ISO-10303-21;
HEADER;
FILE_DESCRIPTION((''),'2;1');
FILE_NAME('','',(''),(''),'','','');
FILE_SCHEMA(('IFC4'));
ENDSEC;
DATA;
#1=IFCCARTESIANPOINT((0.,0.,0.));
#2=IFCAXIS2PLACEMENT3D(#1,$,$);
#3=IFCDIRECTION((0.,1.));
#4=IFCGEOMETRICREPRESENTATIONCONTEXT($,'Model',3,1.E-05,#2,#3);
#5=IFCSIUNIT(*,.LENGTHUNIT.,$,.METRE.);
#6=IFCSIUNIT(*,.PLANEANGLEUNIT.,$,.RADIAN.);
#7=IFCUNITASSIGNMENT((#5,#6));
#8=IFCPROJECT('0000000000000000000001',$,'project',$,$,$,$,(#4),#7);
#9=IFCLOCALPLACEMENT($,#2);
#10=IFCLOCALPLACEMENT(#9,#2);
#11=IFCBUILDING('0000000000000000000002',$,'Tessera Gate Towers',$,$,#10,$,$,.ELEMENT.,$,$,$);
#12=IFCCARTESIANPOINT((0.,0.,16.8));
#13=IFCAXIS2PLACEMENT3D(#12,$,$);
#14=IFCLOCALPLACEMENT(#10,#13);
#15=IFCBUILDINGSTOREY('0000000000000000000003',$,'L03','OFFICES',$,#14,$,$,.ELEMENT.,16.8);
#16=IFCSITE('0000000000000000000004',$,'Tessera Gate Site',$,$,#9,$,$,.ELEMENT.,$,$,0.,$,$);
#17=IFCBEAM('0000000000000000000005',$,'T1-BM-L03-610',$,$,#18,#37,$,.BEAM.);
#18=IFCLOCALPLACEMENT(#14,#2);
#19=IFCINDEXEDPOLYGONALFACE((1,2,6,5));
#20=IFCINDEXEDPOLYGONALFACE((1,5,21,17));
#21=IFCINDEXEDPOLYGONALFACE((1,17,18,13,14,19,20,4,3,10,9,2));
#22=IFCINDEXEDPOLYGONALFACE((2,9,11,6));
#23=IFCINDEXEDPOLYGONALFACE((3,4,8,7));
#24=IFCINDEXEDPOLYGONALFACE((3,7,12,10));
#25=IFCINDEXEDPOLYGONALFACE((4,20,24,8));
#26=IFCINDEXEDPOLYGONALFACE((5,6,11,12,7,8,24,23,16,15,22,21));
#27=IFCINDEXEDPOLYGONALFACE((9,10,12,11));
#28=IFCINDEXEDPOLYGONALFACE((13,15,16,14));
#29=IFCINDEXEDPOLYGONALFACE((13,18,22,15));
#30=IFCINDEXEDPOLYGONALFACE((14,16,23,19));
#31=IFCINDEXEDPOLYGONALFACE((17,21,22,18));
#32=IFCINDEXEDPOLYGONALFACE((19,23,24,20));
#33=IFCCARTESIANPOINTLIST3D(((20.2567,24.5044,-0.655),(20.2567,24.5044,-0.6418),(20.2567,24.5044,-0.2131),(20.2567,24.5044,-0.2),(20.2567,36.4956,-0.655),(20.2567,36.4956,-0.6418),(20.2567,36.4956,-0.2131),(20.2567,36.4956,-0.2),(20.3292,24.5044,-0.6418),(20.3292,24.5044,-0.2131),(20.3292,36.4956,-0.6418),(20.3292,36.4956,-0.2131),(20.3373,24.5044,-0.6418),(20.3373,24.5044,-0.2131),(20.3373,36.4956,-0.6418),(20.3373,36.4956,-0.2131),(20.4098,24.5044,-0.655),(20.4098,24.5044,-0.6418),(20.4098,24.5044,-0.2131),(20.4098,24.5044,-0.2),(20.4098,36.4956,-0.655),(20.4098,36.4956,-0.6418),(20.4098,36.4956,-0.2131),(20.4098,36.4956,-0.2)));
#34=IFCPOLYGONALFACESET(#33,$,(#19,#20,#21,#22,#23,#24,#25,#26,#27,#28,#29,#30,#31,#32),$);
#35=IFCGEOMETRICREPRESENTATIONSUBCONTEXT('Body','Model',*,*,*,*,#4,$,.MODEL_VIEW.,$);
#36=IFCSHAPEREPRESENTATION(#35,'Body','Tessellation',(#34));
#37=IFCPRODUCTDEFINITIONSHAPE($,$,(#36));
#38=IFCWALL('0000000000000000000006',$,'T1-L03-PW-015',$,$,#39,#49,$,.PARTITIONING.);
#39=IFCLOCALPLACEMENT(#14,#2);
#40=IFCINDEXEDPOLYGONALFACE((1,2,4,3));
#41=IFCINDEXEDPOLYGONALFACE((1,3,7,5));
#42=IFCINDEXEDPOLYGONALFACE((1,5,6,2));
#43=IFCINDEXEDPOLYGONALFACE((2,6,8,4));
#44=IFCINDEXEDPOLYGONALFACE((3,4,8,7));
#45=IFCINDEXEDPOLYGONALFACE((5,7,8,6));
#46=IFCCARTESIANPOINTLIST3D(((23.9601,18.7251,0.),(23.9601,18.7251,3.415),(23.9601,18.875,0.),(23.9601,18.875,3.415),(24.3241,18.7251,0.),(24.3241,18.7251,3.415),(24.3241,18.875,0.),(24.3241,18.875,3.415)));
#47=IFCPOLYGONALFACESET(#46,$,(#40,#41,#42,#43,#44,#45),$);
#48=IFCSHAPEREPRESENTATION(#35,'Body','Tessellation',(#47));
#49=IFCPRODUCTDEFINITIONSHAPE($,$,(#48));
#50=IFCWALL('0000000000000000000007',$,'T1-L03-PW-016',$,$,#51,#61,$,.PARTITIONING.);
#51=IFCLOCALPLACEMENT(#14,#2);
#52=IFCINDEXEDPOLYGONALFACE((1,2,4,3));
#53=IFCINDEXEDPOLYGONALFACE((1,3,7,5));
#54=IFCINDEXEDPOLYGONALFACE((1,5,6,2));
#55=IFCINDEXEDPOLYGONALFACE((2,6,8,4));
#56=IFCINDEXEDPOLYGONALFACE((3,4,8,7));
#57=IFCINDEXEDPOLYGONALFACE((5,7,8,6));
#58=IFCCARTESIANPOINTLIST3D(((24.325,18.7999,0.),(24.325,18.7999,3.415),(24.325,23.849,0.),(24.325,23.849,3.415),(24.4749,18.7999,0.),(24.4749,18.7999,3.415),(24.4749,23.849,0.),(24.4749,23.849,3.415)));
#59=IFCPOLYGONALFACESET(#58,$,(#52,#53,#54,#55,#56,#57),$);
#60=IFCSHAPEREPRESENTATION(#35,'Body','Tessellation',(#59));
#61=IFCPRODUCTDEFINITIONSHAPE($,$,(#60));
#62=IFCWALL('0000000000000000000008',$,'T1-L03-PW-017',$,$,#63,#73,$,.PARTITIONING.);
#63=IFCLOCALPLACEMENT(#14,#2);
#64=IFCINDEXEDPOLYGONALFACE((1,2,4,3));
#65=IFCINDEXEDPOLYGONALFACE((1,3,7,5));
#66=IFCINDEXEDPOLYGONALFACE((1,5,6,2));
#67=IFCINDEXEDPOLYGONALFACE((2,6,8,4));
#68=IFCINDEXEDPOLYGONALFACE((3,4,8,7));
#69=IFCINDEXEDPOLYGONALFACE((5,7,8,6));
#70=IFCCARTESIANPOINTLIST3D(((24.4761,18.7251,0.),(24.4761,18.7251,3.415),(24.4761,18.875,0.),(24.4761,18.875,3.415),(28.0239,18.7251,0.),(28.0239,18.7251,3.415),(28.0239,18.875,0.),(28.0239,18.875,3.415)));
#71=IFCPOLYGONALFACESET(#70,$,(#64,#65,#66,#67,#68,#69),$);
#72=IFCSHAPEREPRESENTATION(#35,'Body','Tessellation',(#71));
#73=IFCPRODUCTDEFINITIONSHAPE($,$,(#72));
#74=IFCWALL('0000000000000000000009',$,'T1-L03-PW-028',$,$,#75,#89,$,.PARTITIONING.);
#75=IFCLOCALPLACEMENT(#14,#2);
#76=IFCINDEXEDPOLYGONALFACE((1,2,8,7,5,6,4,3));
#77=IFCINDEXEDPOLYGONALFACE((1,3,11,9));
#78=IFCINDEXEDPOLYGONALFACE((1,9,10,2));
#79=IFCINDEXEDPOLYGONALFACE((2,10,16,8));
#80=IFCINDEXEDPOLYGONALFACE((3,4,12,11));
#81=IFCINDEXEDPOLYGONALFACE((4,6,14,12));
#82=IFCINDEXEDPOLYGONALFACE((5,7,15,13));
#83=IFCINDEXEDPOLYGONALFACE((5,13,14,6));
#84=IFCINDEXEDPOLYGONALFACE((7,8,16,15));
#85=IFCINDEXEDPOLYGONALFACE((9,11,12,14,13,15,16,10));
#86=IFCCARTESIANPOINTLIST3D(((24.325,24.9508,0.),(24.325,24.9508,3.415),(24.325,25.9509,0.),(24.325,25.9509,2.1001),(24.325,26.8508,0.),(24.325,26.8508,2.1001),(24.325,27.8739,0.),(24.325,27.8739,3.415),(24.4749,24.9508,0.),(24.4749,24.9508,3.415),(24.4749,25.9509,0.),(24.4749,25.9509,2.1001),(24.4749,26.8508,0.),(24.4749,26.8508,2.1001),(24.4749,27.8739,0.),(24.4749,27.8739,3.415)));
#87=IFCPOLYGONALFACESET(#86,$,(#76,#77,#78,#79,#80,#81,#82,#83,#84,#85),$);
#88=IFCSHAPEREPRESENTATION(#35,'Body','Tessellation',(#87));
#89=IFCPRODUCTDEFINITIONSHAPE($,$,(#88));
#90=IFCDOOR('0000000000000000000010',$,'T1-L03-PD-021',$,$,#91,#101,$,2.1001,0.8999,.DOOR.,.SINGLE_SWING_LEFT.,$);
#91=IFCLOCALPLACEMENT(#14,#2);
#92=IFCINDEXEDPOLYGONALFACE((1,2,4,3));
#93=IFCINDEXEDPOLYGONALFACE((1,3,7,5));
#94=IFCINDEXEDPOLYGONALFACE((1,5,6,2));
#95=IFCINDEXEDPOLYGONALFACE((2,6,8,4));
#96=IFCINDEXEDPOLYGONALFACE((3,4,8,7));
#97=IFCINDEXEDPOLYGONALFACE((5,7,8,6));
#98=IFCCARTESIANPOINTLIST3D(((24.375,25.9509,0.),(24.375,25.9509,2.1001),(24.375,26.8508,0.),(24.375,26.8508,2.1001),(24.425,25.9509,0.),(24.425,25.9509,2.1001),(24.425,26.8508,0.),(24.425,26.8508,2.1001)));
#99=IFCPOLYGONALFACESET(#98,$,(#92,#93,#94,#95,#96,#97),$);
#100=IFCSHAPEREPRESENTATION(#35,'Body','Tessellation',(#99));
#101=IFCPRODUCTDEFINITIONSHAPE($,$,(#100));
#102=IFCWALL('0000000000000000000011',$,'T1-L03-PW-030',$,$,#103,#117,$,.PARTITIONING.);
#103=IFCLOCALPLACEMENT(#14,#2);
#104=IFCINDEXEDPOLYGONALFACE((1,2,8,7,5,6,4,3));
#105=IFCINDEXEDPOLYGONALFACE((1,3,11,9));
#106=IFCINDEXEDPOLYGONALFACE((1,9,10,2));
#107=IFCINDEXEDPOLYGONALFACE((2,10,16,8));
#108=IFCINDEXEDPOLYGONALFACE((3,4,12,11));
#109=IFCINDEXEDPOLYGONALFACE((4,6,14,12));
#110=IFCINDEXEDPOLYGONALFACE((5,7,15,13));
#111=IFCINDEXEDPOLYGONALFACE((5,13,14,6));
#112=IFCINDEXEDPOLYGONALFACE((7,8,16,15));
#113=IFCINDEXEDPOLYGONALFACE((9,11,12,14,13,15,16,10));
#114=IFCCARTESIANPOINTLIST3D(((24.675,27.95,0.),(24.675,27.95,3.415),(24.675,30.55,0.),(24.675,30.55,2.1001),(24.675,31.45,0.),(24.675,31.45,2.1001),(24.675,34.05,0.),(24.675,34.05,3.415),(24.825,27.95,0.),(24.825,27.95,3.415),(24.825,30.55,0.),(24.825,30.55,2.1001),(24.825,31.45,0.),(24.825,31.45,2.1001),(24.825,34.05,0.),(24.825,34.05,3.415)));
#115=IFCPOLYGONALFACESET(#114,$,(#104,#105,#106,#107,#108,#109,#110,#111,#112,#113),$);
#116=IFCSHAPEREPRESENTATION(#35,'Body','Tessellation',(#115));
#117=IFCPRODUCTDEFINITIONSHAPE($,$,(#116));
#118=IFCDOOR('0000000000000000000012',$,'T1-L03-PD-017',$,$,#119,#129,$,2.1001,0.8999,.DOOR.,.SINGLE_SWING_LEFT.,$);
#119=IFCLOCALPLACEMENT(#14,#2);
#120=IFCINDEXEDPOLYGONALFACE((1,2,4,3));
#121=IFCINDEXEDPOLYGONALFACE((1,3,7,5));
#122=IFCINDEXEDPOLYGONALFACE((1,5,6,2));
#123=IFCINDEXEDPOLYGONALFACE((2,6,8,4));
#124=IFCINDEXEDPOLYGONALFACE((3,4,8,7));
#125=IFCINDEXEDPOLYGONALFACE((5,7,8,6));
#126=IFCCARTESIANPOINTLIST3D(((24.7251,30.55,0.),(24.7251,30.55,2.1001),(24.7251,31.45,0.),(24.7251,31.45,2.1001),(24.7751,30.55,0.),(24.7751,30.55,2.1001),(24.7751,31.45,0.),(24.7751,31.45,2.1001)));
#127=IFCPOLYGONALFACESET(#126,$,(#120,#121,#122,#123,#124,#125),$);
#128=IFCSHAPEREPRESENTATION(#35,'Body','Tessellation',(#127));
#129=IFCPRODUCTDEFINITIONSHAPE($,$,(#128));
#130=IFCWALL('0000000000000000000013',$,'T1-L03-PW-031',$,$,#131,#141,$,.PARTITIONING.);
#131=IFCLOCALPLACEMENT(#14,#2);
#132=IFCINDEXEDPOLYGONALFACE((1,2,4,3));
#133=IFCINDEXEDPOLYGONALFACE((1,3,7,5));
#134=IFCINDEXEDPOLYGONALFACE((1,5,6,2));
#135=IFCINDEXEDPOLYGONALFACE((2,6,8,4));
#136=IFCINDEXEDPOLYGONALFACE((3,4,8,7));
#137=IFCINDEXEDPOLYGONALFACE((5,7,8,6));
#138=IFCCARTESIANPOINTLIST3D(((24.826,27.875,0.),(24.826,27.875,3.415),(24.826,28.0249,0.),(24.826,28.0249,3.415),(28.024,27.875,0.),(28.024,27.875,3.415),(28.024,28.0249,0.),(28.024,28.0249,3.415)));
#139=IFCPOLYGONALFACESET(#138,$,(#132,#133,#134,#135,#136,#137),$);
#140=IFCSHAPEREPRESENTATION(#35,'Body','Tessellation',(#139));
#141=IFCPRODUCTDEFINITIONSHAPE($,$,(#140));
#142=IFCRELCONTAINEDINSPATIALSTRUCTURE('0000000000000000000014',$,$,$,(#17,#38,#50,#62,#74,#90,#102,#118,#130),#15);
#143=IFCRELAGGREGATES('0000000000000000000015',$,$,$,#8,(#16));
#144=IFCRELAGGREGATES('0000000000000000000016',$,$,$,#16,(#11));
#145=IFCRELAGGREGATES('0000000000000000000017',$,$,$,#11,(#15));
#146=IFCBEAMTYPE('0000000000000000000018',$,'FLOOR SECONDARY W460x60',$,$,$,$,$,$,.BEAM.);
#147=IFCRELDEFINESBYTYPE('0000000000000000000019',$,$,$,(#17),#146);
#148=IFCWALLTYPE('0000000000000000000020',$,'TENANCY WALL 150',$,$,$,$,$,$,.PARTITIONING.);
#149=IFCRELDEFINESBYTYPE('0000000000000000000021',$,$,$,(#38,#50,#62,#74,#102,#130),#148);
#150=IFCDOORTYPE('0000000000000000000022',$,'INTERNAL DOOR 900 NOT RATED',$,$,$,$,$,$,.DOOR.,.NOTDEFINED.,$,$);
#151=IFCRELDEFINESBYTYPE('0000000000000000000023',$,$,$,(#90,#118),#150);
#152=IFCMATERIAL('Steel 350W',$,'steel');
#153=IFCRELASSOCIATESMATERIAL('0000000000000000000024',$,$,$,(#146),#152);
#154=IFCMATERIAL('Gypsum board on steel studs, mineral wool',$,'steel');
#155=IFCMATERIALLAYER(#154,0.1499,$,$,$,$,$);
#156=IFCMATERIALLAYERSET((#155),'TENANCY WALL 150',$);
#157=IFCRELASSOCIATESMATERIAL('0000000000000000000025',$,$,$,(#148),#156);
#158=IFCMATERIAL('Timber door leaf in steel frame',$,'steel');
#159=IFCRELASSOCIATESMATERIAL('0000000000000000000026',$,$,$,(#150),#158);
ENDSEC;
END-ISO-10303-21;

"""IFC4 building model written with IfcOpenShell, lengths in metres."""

from ifc_helpers import new_model, si_unit, direction, frame, frame_2d, origin, origin_2d, place, context, subcontext, project, spatial, rectangle, i_section, extrude, source, transform, mapped, material, layer, layer_set, material_profile, profile_set, type_object, element, fill, save


model = new_model("IFC4")

# Units and contexts
model_context = context("Model", 3, precision=1e-05, world=origin(), true_north=direction((0.0, 1.0)))
body_context = subcontext(model_context, "Body", "Model", "MODEL_VIEW")
ifc_project = project(units=[si_unit("LENGTHUNIT", "METRE"), si_unit("PLANEANGLEUNIT", "RADIAN")], contexts=[model_context])

# Site, building, storey
site_placement = place(None, origin())
site = spatial("IfcSite", under=ifc_project, at=site_placement, Name="Tessera Gate Site", CompositionType="ELEMENT", RefElevation=0.0)
building_placement = place(site_placement, origin())
building = spatial("IfcBuilding", under=site, at=building_placement, Name="Tessera Gate Towers", CompositionType="ELEMENT")
storey_placement = place(building_placement, frame((0.0, 0.0, 16.8)))
storey = spatial("IfcBuildingStorey", under=building, at=storey_placement, Name="L03", Description="OFFICES", CompositionType="ELEMENT", Elevation=16.8)

# Beam
ifc_material_1 = material(Name="Steel 350W", Category="steel")
ifc_material_profile_1 = material_profile(ifc_material_1, i_section(OverallWidth=0.1531, OverallDepth=0.4551, WebThickness=0.0081, FlangeThickness=0.0132, at=origin_2d()), Name="W460x60")
ifc_profile_set_1 = profile_set([ifc_material_profile_1], Name="Steel 350W")
beam_type_1 = type_object("IfcBeamType", Name="FLOOR SECONDARY W460x60", PredefinedType="BEAM", material=ifc_profile_set_1)
beam_1_placement = place(storey_placement, frame((20.3333, 24.5044, -0.4275), z_axis=(0.0, 1.0, 0.0), x_axis=(-1.0, 0.0, 0.0)))
element("IfcBeam", 1, at=beam_1_placement, inside=storey, type_object=beam_type_1, Name="T1-BM-L03-610", PredefinedType="BEAM", context=body_context, shape_type="SweptSolid", body=[
    extrude(i_section(OverallWidth=0.1531, OverallDepth=0.4551, WebThickness=0.0081, FlangeThickness=0.0132, at=origin_2d()), origin(), (0.0, 0.0, 1.0), 11.9912),
])

# Walls
ifc_material_2 = material(Name="Gypsum board on steel studs, mineral wool", Category="steel")
ifc_layer = layer(ifc_material_2, 0.1499)
ifc_layer_set = layer_set([ifc_layer], Name="TENANCY WALL 150")
wall_type = type_object("IfcWallType", Name="TENANCY WALL 150", PredefinedType="PARTITIONING", material=ifc_layer_set)
wall_1_placement = place(storey_placement, frame((23.96, 18.8, 0.0), z_axis=(0.0, 0.0, 1.0), x_axis=(1.0, 0.0, 0.0)))
element("IfcWall", 2, at=wall_1_placement, inside=storey, type_object=wall_type, Name="T1-L03-PW-015", PredefinedType="PARTITIONING", context=body_context, shape_type="SweptSolid", body=[
    extrude(rectangle(XDim=0.364, YDim=0.1499, at=frame_2d((0.1821, 0.0))), origin(), (0.0, 0.0, 1.0), 3.415),
])
wall_2_placement = place(storey_placement, frame((24.3999, 18.8, 0.0), z_axis=(0.0, 0.0, 1.0), x_axis=(0.0, 1.0, 0.0)))
element("IfcWall", 3, at=wall_2_placement, inside=storey, type_object=wall_type, Name="T1-L03-PW-016", PredefinedType="PARTITIONING", context=body_context, shape_type="SweptSolid", body=[
    extrude(rectangle(XDim=5.0491, YDim=0.1499, at=frame_2d((2.5244, 0.0))), origin(), (0.0, 0.0, 1.0), 3.415),
])
wall_3_placement = place(storey_placement, frame((24.4761, 18.8, 0.0), z_axis=(0.0, 0.0, 1.0), x_axis=(1.0, 0.0, 0.0)))
element("IfcWall", 4, at=wall_3_placement, inside=storey, type_object=wall_type, Name="T1-L03-PW-017", PredefinedType="PARTITIONING", context=body_context, shape_type="SweptSolid", body=[
    extrude(rectangle(XDim=3.5479, YDim=0.1499, at=frame_2d((1.7739, 0.0))), origin(), (0.0, 0.0, 1.0), 3.415),
])

# Walls, openings, doors
wall_4_placement = place(storey_placement, frame((24.3999, 24.9509, 0.0), z_axis=(0.0, 0.0, 1.0), x_axis=(0.0, 1.0, 0.0)))
wall_4 = element("IfcWall", 5, at=wall_4_placement, inside=storey, type_object=wall_type, Name="T1-L03-PW-028", PredefinedType="PARTITIONING", context=body_context, shape_type="SweptSolid", body=[
    extrude(rectangle(XDim=2.9231, YDim=0.1499, at=frame_2d((1.4614, 0.0))), origin(), (0.0, 0.0, 1.0), 3.415),
])
shared_shape_1 = source(origin(), body_context, "Body", "SweptSolid", [
    extrude(rectangle(XDim=0.8999, YDim=2.1001, at=frame_2d((0.45, 1.05))), frame((0.0, 0.085, 0.0), z_axis=(0.0, -1.0, 0.0), x_axis=(1.0, 0.0, 0.0)), (0.0, 0.0, 1.0), 0.1699),
])
opening_1_placement = place(wall_4_placement, frame((1.0, 0.0, 0.0)))
opening_1 = element("IfcOpeningElement", 6, at=opening_1_placement, cuts=wall_4, PredefinedType="OPENING", context=body_context, shape_type="MappedRepresentation", body=[
    mapped(shared_shape_1, transform((0.0, 0.0, 0.0), scale=1.0)),
])
ifc_material_3 = material(Name="Timber door leaf in steel frame", Category="steel")
door_type = type_object("IfcDoorType", Name="INTERNAL DOOR 900 NOT RATED", OperationType="NOTDEFINED", PredefinedType="DOOR", material=ifc_material_3)
shared_shape_2 = source(origin(), body_context, "Body", "SweptSolid", [
    extrude(rectangle(XDim=0.8999, YDim=2.1001, at=frame_2d((0.45, 1.05))), frame((0.0, 0.0249, 0.0), z_axis=(0.0, -1.0, 0.0), x_axis=(1.0, 0.0, 0.0)), (0.0, 0.0, 1.0), 0.05),
])
door_1_placement = place(opening_1_placement, origin())
door_1 = element("IfcDoor", 7, at=door_1_placement, inside=storey, type_object=door_type, Name="T1-L03-PD-021", OperationType="SINGLE_SWING_LEFT", OverallHeight=2.1001, OverallWidth=0.8999, PredefinedType="DOOR", context=body_context, shape_type="MappedRepresentation", body=[
    mapped(shared_shape_2, transform((0.0, 0.0, 0.0), scale=1.0)),
])
fill(opening_1, door_1)
wall_5_placement = place(storey_placement, frame((24.75, 27.95, 0.0), z_axis=(0.0, 0.0, 1.0), x_axis=(0.0, 1.0, 0.0)))
wall_5 = element("IfcWall", 8, at=wall_5_placement, inside=storey, type_object=wall_type, Name="T1-L03-PW-030", PredefinedType="PARTITIONING", context=body_context, shape_type="SweptSolid", body=[
    extrude(rectangle(XDim=6.1001, YDim=0.1499, at=frame_2d((3.05, 0.0))), origin(), (0.0, 0.0, 1.0), 3.415),
])
opening_2_placement = place(wall_5_placement, frame((2.6001, 0.0, 0.0)))
opening_2 = element("IfcOpeningElement", 9, at=opening_2_placement, cuts=wall_5, PredefinedType="OPENING", context=body_context, shape_type="MappedRepresentation", body=[
    mapped(shared_shape_1, transform((0.0, 0.0, 0.0), scale=1.0)),
])
door_2_placement = place(opening_2_placement, origin())
door_2 = element("IfcDoor", 10, at=door_2_placement, inside=storey, type_object=door_type, Name="T1-L03-PD-017", OperationType="SINGLE_SWING_LEFT", OverallHeight=2.1001, OverallWidth=0.8999, PredefinedType="DOOR", context=body_context, shape_type="MappedRepresentation", body=[
    mapped(shared_shape_2, transform((0.0, 0.0, 0.0), scale=1.0)),
])
fill(opening_2, door_2)

# Wall
wall_6_placement = place(storey_placement, frame((24.8259, 27.95, 0.0), z_axis=(0.0, 0.0, 1.0), x_axis=(1.0, 0.0, 0.0)))
element("IfcWall", 11, at=wall_6_placement, inside=storey, type_object=wall_type, Name="T1-L03-PW-031", PredefinedType="PARTITIONING", context=body_context, shape_type="SweptSolid", body=[
    extrude(rectangle(XDim=3.198, YDim=0.1499, at=frame_2d((1.5991, 0.0))), origin(), (0.0, 0.0, 1.0), 3.415),
])

save(model, "model.ifc")
